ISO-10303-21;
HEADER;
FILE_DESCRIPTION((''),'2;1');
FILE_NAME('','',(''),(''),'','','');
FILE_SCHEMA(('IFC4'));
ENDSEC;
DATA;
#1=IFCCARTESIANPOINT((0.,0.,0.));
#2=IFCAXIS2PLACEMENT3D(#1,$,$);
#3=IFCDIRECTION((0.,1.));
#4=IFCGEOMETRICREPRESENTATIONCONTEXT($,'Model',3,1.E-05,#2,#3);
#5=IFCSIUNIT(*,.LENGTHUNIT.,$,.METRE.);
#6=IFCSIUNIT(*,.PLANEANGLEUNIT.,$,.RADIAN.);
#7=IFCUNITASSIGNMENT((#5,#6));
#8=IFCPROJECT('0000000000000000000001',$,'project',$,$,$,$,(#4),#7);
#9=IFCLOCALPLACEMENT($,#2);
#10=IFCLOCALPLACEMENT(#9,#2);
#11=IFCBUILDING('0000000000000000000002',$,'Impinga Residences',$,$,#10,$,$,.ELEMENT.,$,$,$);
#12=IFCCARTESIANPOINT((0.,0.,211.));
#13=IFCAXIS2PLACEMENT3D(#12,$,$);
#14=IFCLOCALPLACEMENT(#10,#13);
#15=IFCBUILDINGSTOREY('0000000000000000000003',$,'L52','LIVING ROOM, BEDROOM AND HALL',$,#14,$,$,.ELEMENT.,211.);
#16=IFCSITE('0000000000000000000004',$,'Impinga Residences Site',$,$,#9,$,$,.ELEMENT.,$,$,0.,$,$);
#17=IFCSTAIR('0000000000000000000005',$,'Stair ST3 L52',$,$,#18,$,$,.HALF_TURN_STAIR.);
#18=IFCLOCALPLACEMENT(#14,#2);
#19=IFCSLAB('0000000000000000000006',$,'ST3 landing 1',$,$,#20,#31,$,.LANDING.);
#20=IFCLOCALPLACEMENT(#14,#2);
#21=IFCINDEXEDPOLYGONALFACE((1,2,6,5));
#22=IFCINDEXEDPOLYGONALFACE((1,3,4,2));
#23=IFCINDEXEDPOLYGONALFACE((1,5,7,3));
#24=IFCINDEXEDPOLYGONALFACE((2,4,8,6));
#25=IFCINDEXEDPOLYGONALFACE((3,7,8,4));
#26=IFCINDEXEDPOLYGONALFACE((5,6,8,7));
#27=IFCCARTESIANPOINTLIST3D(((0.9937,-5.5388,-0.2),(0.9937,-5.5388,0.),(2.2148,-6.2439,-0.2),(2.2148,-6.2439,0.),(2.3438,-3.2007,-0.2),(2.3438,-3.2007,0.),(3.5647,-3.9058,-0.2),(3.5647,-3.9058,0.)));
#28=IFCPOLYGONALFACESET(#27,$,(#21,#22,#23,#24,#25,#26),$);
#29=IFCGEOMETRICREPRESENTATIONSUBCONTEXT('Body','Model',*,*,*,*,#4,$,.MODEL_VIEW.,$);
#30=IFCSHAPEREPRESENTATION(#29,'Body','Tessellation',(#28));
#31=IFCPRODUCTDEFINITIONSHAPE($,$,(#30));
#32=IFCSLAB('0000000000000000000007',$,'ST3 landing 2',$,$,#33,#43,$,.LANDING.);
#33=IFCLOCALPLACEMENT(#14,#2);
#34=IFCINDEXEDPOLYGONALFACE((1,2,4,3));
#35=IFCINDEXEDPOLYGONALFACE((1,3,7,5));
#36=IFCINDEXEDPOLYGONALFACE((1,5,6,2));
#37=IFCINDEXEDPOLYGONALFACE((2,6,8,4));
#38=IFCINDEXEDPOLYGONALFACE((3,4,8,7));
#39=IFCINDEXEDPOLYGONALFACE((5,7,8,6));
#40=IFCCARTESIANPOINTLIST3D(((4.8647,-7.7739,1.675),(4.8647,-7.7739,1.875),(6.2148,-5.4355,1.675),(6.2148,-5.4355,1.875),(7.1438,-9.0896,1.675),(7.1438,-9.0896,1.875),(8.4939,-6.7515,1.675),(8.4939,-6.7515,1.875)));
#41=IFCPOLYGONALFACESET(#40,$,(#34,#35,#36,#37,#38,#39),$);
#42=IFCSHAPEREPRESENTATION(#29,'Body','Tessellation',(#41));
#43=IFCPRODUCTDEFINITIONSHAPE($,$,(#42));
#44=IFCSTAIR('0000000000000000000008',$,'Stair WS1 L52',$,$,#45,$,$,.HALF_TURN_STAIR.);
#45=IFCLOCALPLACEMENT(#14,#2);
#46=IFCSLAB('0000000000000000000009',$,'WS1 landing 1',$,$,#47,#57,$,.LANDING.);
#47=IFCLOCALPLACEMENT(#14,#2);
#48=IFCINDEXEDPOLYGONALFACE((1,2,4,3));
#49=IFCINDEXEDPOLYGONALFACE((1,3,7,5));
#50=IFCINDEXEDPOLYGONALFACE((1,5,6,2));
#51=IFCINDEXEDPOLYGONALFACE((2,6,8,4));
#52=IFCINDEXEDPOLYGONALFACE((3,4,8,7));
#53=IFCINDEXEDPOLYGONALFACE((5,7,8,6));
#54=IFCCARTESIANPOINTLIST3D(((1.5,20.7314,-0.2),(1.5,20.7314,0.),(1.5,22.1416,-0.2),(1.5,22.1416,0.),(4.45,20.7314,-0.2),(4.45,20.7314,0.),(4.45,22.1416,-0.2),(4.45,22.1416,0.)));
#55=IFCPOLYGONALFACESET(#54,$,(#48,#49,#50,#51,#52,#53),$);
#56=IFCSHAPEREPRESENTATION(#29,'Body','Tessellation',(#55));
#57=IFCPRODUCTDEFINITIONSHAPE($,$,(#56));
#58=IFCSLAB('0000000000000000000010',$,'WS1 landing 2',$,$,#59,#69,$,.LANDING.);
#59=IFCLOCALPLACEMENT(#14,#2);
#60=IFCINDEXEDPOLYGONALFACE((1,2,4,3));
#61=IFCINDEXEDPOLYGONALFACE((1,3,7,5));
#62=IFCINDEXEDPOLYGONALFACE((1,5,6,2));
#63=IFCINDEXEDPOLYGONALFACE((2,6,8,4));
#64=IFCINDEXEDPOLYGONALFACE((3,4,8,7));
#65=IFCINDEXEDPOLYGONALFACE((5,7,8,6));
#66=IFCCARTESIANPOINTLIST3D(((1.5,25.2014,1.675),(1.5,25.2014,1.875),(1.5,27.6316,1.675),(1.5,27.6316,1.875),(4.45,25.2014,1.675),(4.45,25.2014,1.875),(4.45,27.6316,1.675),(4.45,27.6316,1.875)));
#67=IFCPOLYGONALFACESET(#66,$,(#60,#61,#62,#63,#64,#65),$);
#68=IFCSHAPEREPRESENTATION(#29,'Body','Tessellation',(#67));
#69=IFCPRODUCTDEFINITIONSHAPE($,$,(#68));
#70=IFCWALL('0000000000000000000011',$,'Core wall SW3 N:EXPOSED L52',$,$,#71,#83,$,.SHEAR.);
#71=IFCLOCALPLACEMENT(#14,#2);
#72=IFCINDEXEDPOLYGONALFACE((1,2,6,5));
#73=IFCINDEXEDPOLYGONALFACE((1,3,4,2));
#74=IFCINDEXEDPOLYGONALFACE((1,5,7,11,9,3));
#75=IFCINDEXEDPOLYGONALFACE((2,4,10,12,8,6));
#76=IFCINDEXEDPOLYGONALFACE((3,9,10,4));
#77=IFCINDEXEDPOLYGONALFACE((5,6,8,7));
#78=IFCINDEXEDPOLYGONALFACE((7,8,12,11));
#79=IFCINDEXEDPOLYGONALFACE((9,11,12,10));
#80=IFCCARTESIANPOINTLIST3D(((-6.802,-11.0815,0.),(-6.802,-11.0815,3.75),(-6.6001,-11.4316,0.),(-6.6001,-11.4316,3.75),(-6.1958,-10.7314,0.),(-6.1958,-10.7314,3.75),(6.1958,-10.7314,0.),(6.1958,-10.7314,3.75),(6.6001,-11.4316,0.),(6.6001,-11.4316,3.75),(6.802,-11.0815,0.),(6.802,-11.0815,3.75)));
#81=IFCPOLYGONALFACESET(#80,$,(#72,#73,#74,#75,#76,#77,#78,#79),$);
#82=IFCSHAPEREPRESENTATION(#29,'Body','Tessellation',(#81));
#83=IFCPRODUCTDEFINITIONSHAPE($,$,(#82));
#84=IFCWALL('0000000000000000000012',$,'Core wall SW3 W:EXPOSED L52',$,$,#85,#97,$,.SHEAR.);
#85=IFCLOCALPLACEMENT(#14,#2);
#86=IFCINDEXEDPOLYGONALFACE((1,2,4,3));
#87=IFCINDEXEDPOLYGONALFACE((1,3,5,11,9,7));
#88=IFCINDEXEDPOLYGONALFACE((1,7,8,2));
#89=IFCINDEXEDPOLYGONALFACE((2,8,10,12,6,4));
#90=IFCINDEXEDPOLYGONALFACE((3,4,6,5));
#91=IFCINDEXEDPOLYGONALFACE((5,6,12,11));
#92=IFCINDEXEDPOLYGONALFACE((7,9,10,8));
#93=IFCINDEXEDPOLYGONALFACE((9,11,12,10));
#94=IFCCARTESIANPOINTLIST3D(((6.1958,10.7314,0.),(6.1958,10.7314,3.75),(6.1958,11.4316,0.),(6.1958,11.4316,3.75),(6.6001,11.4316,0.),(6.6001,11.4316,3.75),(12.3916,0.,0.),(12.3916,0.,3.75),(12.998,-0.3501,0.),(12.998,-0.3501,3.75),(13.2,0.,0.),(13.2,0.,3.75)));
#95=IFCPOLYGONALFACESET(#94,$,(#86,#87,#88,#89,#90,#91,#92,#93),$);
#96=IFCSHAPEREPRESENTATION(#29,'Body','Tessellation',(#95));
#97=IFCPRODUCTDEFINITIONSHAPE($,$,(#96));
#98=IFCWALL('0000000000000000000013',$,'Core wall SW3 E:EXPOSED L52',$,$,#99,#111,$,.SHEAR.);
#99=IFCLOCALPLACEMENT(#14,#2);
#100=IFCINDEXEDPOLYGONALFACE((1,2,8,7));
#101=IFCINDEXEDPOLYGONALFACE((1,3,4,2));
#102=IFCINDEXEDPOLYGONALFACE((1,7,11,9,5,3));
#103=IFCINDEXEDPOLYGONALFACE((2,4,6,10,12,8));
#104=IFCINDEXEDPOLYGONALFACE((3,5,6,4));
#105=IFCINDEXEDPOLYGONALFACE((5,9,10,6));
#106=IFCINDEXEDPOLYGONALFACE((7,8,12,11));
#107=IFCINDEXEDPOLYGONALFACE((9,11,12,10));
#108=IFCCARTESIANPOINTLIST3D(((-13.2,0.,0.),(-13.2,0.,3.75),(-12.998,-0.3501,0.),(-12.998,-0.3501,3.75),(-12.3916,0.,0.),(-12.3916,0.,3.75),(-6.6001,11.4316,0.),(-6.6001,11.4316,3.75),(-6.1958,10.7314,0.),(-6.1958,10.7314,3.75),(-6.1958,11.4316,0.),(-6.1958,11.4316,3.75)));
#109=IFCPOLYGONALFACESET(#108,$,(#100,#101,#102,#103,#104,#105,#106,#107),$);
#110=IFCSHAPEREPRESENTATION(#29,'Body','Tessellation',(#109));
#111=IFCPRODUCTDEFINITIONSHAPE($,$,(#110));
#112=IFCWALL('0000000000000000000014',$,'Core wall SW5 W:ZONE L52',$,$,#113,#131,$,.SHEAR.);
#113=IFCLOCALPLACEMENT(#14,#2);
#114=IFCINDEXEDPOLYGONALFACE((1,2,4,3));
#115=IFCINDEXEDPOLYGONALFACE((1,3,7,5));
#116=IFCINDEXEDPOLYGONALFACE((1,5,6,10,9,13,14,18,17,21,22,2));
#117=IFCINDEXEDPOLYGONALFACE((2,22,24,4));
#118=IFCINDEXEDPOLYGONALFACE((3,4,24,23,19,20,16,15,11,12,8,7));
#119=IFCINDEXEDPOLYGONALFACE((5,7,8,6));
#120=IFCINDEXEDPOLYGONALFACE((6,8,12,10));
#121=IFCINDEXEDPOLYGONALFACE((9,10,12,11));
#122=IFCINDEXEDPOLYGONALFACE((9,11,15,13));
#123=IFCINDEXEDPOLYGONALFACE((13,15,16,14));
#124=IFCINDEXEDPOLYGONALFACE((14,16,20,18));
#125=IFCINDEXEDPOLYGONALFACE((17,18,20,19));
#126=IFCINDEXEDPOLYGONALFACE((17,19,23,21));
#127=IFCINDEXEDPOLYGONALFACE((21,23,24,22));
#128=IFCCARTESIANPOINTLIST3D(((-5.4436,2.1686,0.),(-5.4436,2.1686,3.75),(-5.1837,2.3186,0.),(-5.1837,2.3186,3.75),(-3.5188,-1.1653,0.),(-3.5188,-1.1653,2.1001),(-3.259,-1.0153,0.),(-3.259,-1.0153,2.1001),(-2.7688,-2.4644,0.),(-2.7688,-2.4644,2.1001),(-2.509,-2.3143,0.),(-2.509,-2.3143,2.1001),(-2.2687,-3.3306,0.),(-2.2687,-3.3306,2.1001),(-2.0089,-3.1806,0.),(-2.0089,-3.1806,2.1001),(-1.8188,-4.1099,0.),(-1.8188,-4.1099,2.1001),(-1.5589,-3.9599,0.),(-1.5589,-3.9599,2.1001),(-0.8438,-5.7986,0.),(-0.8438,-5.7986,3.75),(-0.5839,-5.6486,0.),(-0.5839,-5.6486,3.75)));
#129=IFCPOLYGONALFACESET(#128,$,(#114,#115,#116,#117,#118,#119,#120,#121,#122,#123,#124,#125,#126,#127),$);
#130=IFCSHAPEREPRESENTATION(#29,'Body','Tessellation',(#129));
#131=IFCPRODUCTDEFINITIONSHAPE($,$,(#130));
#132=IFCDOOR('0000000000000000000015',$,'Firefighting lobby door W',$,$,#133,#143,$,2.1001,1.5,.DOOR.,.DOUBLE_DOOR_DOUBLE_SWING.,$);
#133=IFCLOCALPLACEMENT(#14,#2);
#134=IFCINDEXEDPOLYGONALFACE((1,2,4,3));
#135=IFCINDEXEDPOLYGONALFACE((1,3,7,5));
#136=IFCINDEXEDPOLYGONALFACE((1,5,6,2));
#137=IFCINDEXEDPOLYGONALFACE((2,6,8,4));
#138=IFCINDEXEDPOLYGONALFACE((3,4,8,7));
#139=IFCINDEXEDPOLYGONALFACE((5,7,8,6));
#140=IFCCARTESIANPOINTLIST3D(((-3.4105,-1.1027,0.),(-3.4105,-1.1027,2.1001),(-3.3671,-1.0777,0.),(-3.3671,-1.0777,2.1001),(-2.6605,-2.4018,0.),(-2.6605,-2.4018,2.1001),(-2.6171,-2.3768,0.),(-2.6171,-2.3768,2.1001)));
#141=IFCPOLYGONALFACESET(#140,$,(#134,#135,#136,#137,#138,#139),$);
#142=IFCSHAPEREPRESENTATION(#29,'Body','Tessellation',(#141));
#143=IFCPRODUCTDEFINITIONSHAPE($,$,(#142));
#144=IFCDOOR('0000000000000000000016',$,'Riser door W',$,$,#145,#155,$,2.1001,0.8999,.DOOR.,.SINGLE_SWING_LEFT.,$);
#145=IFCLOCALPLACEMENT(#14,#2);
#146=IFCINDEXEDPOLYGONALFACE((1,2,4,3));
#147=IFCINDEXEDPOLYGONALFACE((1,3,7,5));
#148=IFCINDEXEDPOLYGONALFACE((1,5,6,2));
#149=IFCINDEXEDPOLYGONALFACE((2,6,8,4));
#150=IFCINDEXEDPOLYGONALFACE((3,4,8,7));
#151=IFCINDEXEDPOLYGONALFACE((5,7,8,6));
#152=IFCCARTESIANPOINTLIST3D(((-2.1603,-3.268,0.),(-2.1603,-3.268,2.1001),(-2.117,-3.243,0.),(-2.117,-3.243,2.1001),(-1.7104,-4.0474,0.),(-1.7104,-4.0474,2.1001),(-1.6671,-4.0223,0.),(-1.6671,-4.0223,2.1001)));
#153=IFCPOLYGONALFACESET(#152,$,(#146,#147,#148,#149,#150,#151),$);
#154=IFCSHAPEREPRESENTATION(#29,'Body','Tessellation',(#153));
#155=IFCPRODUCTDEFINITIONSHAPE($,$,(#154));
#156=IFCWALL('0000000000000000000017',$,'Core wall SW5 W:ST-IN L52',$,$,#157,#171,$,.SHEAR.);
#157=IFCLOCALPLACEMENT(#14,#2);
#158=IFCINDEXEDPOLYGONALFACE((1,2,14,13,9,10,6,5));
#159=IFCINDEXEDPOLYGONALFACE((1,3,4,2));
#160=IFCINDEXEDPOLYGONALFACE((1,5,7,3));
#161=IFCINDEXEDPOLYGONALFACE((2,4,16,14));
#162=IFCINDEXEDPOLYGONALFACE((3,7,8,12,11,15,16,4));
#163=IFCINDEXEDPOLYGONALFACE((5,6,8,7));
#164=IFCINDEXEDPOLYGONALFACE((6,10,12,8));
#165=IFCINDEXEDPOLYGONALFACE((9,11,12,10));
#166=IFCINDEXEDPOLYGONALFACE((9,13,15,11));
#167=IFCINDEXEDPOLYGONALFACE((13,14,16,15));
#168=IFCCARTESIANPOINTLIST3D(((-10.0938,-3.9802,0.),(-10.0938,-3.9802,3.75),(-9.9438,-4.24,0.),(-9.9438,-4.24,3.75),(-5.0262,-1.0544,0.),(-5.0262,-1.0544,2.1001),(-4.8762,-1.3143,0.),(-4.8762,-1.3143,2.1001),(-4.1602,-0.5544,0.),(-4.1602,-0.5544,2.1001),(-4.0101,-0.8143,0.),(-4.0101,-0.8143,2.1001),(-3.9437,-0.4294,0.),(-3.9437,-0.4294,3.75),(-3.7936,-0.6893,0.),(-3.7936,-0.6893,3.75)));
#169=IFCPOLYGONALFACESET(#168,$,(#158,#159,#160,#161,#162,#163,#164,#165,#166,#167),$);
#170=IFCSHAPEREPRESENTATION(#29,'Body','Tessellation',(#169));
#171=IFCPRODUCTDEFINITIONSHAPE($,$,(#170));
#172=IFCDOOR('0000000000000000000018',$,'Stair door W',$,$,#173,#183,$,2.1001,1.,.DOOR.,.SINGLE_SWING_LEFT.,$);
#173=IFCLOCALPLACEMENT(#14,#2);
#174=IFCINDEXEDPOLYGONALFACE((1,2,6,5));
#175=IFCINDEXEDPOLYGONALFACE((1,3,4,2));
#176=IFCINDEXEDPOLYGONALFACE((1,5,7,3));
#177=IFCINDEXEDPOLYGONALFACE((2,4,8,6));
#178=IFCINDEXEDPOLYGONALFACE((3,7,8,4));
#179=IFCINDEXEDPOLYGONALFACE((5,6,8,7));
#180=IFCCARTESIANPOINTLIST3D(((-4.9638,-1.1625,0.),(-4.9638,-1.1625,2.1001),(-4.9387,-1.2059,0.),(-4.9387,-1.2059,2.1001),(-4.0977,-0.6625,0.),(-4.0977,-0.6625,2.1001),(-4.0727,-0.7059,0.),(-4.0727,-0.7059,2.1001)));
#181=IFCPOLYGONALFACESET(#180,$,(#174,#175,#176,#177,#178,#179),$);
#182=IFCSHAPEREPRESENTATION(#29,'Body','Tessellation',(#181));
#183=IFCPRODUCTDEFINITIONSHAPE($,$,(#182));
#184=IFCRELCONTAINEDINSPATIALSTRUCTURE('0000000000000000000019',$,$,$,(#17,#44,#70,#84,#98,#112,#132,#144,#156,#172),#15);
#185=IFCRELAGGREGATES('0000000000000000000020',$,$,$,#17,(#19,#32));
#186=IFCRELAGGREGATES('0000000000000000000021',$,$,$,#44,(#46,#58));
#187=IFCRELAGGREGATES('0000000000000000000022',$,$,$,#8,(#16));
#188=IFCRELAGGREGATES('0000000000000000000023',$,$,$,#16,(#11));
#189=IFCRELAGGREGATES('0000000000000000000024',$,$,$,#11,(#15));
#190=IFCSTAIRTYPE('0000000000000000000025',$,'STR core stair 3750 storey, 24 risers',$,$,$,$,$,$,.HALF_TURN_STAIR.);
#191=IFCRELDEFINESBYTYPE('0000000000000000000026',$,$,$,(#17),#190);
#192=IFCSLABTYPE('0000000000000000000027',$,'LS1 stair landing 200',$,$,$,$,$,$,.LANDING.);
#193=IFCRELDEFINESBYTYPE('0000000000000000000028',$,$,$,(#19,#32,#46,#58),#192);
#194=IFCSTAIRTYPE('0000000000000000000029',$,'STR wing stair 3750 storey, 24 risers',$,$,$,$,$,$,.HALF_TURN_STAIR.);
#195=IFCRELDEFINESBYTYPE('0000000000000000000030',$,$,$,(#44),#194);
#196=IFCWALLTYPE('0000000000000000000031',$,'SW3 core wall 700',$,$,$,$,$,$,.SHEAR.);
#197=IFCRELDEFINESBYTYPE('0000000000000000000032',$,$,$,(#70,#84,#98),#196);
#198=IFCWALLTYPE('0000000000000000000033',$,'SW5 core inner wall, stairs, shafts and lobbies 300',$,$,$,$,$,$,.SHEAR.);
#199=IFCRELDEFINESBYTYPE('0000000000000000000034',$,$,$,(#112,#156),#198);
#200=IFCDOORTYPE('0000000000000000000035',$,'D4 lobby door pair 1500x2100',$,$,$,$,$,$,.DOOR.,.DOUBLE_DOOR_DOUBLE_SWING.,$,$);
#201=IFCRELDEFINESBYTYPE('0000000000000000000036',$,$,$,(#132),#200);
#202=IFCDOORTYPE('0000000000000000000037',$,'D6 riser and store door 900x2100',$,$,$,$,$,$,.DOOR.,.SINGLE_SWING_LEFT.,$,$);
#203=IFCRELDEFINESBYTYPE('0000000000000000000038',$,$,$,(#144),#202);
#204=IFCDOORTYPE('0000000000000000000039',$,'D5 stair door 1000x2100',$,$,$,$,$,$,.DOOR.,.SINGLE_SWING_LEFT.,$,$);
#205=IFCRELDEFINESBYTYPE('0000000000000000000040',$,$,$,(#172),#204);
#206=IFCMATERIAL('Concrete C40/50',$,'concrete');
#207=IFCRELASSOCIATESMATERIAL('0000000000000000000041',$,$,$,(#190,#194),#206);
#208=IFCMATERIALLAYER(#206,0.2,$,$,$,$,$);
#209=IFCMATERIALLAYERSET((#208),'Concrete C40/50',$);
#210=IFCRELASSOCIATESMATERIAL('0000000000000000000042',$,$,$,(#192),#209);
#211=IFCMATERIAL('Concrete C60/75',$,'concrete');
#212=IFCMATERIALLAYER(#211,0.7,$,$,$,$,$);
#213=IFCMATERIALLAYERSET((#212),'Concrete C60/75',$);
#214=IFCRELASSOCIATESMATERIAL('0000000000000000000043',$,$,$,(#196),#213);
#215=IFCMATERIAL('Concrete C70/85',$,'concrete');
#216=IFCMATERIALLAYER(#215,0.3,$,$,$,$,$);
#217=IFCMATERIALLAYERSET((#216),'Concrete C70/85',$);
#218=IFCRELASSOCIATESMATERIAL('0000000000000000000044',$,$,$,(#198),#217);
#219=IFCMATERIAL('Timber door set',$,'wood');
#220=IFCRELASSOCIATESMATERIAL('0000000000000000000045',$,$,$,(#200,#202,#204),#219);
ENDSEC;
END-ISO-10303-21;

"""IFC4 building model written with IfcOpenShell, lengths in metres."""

from ifc_helpers import new_model, si_unit, direction, frame, frame_2d, origin, place, context, subcontext, project, spatial, polyline, rectangle, outline, extrude, material, layer, layer_set, type_object, element, fill, aggregate, save


model = new_model("IFC4")

# Units and contexts
model_context = context("Model", 3, precision=1e-05, world=origin(), true_north=direction((0.0, 1.0)))
body_context = subcontext(model_context, "Body", "Model", "MODEL_VIEW")
ifc_project = project(units=[si_unit("LENGTHUNIT", "METRE"), si_unit("PLANEANGLEUNIT", "RADIAN")], contexts=[model_context])

# Site, building, storey
site_placement = place(None, origin())
site = spatial("IfcSite", under=ifc_project, at=site_placement, Name="Impinga Residences Site", CompositionType="ELEMENT", RefElevation=0.0)
building_placement = place(site_placement, origin())
building = spatial("IfcBuilding", under=site, at=building_placement, Name="Impinga Residences", CompositionType="ELEMENT")
storey_placement = place(building_placement, frame((0.0, 0.0, 211.0)))
storey = spatial("IfcBuildingStorey", under=building, at=storey_placement, Name="L52", Description="LIVING ROOM, BEDROOM AND HALL", CompositionType="ELEMENT", Elevation=211.0)

# Shared definitions
ifc_material_1 = material(Name="Concrete C60/75", Category="concrete")

# Stairs, slabs
ifc_material_2 = material(Name="Concrete C40/50", Category="concrete")
stair_type_1 = type_object("IfcStairType", Name="STR core stair 3750 storey, 24 risers", PredefinedType="HALF_TURN_STAIR", material=ifc_material_2)
ifc_layer_1 = layer(ifc_material_2, 0.2)
ifc_layer_set_1 = layer_set([ifc_layer_1], Name="Concrete C40/50")
slab_type_1 = type_object("IfcSlabType", Name="LS1 stair landing 200", PredefinedType="LANDING", material=ifc_layer_set_1)
stair_1_placement = place(storey_placement, origin())
stair_1 = element("IfcStair", 1, at=stair_1_placement, inside=storey, type_object=stair_type_1, Name="Stair ST3 L52", PredefinedType="HALF_TURN_STAIR")
slab_1_placement = place(storey_placement, frame((0.0, 0.0, -0.2)))
slab_1 = element("IfcSlab", 2, at=slab_1_placement, type_object=slab_type_1, Name="ST3 landing 1", PredefinedType="LANDING", context=body_context, shape_type="SweptSolid", body=[
    extrude(outline(polyline([(2.3438, -3.2007), (0.9937, -5.5388), (2.2148, -6.2439), (3.5647, -3.9058), (2.3438, -3.2007)])), origin(), (0.0, 0.0, 1.0), 0.2),
])
slab_2_placement = place(storey_placement, frame((0.0, 0.0, 1.675)))
slab_2 = element("IfcSlab", 3, at=slab_2_placement, type_object=slab_type_1, Name="ST3 landing 2", PredefinedType="LANDING", context=body_context, shape_type="SweptSolid", body=[
    extrude(outline(polyline([(6.2148, -5.4355), (4.8647, -7.7739), (7.1438, -9.0896), (8.4939, -6.7515), (6.2148, -5.4355)])), origin(), (0.0, 0.0, 1.0), 0.2),
])
aggregate(stair_1, [slab_1, slab_2])
stair_type_2 = type_object("IfcStairType", Name="STR wing stair 3750 storey, 24 risers", PredefinedType="HALF_TURN_STAIR", material=ifc_material_2)
stair_2_placement = place(storey_placement, origin())
stair_2 = element("IfcStair", 4, at=stair_2_placement, inside=storey, type_object=stair_type_2, Name="Stair WS1 L52", PredefinedType="HALF_TURN_STAIR")
slab_3_placement = place(storey_placement, frame((0.0, 0.0, -0.2)))
slab_3 = element("IfcSlab", 5, at=slab_3_placement, type_object=slab_type_1, Name="WS1 landing 1", PredefinedType="LANDING", context=body_context, shape_type="SweptSolid", body=[
    extrude(outline(polyline([(1.5, 20.7314), (4.45, 20.7314), (4.45, 22.1416), (1.5, 22.1416), (1.5, 20.7314)])), origin(), (0.0, 0.0, 1.0), 0.2),
])
slab_4_placement = place(storey_placement, frame((0.0, 0.0, 1.675)))
slab_4 = element("IfcSlab", 6, at=slab_4_placement, type_object=slab_type_1, Name="WS1 landing 2", PredefinedType="LANDING", context=body_context, shape_type="SweptSolid", body=[
    extrude(outline(polyline([(1.5, 25.2014), (4.45, 25.2014), (4.45, 27.6316), (1.5, 27.6316), (1.5, 25.2014)])), origin(), (0.0, 0.0, 1.0), 0.2),
])
aggregate(stair_2, [slab_3, slab_4])

# Walls
ifc_layer_2 = layer(ifc_material_1, 0.7)
ifc_layer_set_2 = layer_set([ifc_layer_2], Name="Concrete C60/75")
wall_type_1 = type_object("IfcWallType", Name="SW3 core wall 700", PredefinedType="SHEAR", material=ifc_layer_set_2)
wall_1_placement = place(storey_placement, origin())
element("IfcWall", 7, at=wall_1_placement, inside=storey, type_object=wall_type_1, Name="Core wall SW3 N:EXPOSED L52", PredefinedType="SHEAR", context=body_context, shape_type="SweptSolid", body=[
    extrude(outline(polyline([(-6.6001, -11.4316), (6.6001, -11.4316), (6.802, -11.0815), (6.1958, -10.7314), (-6.1958, -10.7314), (-6.802, -11.0815), (-6.6001, -11.4316)])), origin(), (0.0, 0.0, 1.0), 3.75),
])
wall_2_placement = place(storey_placement, origin())
element("IfcWall", 8, at=wall_2_placement, inside=storey, type_object=wall_type_1, Name="Core wall SW3 W:EXPOSED L52", PredefinedType="SHEAR", context=body_context, shape_type="SweptSolid", body=[
    extrude(outline(polyline([(13.2, 0.0), (6.6001, 11.4316), (6.1958, 11.4316), (6.1958, 10.7314), (12.3916, 0.0), (12.998, -0.3501), (13.2, 0.0)])), origin(), (0.0, 0.0, 1.0), 3.75),
])
wall_3_placement = place(storey_placement, origin())
element("IfcWall", 9, at=wall_3_placement, inside=storey, type_object=wall_type_1, Name="Core wall SW3 E:EXPOSED L52", PredefinedType="SHEAR", context=body_context, shape_type="SweptSolid", body=[
    extrude(outline(polyline([(-6.6001, 11.4316), (-13.2, 0.0), (-12.998, -0.3501), (-12.3916, 0.0), (-6.1958, 10.7314), (-6.1958, 11.4316), (-6.6001, 11.4316)])), origin(), (0.0, 0.0, 1.0), 3.75),
])

# Wall, openings, doors
ifc_material_3 = material(Name="Concrete C70/85", Category="concrete")
ifc_layer_3 = layer(ifc_material_3, 0.3)
ifc_layer_set_3 = layer_set([ifc_layer_3], Name="Concrete C70/85")
wall_type_2 = type_object("IfcWallType", Name="SW5 core inner wall, stairs, shafts and lobbies 300", PredefinedType="SHEAR", material=ifc_layer_set_3)
wall_4_placement = place(storey_placement, frame((-0.7139, -5.7236, 0.0), z_axis=(0.0, 0.0, 1.0), x_axis=(-0.499995, 0.866028, 0.0)))
wall_4 = element("IfcWall", 10, at=wall_4_placement, inside=storey, type_object=wall_type_2, Name="Core wall SW5 W:ZONE L52", PredefinedType="SHEAR", context=body_context, shape_type="SweptSolid", body=[
    extrude(rectangle(XDim=9.1997, YDim=0.3, at=frame_2d((4.5999, 0.0))), origin(), (0.0, 0.0, 1.0), 3.75),
])
opening_1_placement = place(wall_4_placement, frame((3.8501, 0.0, 0.0)))
opening_1 = element("IfcOpeningElement", 11, at=opening_1_placement, cuts=wall_4, PredefinedType="OPENING", context=body_context, shape_type="SweptSolid", body=[
    extrude(rectangle(XDim=1.5, YDim=2.1001, at=frame_2d((0.75, 1.05))), frame((0.0, 0.1599, 0.0), z_axis=(0.0, -1.0, 0.0), x_axis=(1.0, 0.0, 0.0)), (0.0, 0.0, 1.0), 0.3201),
])
opening_2_placement = place(wall_4_placement, frame((1.95, 0.0, 0.0)))
opening_2 = element("IfcOpeningElement", 12, at=opening_2_placement, cuts=wall_4, PredefinedType="OPENING", context=body_context, shape_type="SweptSolid", body=[
    extrude(rectangle(XDim=0.8999, YDim=2.1001, at=frame_2d((0.45, 1.05))), frame((0.0, 0.1599, 0.0), z_axis=(0.0, -1.0, 0.0), x_axis=(1.0, 0.0, 0.0)), (0.0, 0.0, 1.0), 0.3201),
])
ifc_material_4 = material(Name="Timber door set", Category="wood")
door_type_1 = type_object("IfcDoorType", Name="D4 lobby door pair 1500x2100", OperationType="DOUBLE_DOOR_DOUBLE_SWING", PredefinedType="DOOR", material=ifc_material_4)
door_1_placement = place(opening_1_placement, origin())
door_1 = element("IfcDoor", 13, at=door_1_placement, inside=storey, type_object=door_type_1, Name="Firefighting lobby door W", OperationType="DOUBLE_DOOR_DOUBLE_SWING", OverallHeight=2.1001, OverallWidth=1.5, PredefinedType="DOOR", context=body_context, shape_type="SweptSolid", body=[
    extrude(rectangle(XDim=1.5, YDim=2.1001, at=frame_2d((0.75, 1.05))), frame((0.0, 0.0249, 0.0), z_axis=(0.0, -1.0, 0.0), x_axis=(1.0, 0.0, 0.0)), (0.0, 0.0, 1.0), 0.05),
])
fill(opening_1, door_1)
door_type_2 = type_object("IfcDoorType", Name="D6 riser and store door 900x2100", OperationType="SINGLE_SWING_LEFT", PredefinedType="DOOR", material=ifc_material_4)
door_2_placement = place(opening_2_placement, origin())
door_2 = element("IfcDoor", 14, at=door_2_placement, inside=storey, type_object=door_type_2, Name="Riser door W", OperationType="SINGLE_SWING_LEFT", OverallHeight=2.1001, OverallWidth=0.8999, PredefinedType="DOOR", context=body_context, shape_type="SweptSolid", body=[
    extrude(rectangle(XDim=0.8999, YDim=2.1001, at=frame_2d((0.45, 1.05))), frame((0.0, 0.0249, 0.0), z_axis=(0.0, -1.0, 0.0), x_axis=(1.0, 0.0, 0.0)), (0.0, 0.0, 1.0), 0.05),
])
fill(opening_2, door_2)

# Wall, opening, door
wall_5_placement = place(storey_placement, frame((-3.8687, -0.5593, 0.0), z_axis=(0.0, 0.0, 1.0), x_axis=(-0.866026, -0.499999, 0.0)))
wall_5 = element("IfcWall", 15, at=wall_5_placement, inside=storey, type_object=wall_type_2, Name="Core wall SW5 W:ST-IN L52", PredefinedType="SHEAR", context=body_context, shape_type="SweptSolid", body=[
    extrude(rectangle(XDim=7.1016, YDim=0.3, at=frame_2d((3.5508, 0.0))), origin(), (0.0, 0.0, 1.0), 3.75),
])
opening_3_placement = place(wall_5_placement, frame((0.25, 0.0, 0.0)))
opening_3 = element("IfcOpeningElement", 16, at=opening_3_placement, cuts=wall_5, PredefinedType="OPENING", context=body_context, shape_type="SweptSolid", body=[
    extrude(rectangle(XDim=1.0, YDim=2.1001, at=frame_2d((0.5, 1.05))), frame((0.0, 0.1599, 0.0), z_axis=(0.0, -1.0, 0.0), x_axis=(1.0, 0.0, 0.0)), (0.0, 0.0, 1.0), 0.3201),
])
door_type_3 = type_object("IfcDoorType", Name="D5 stair door 1000x2100", OperationType="SINGLE_SWING_LEFT", PredefinedType="DOOR", material=ifc_material_4)
door_3_placement = place(opening_3_placement, origin())
door_3 = element("IfcDoor", 17, at=door_3_placement, inside=storey, type_object=door_type_3, Name="Stair door W", OperationType="SINGLE_SWING_LEFT", OverallHeight=2.1001, OverallWidth=1.0, PredefinedType="DOOR", context=body_context, shape_type="SweptSolid", body=[
    extrude(rectangle(XDim=1.0, YDim=2.1001, at=frame_2d((0.5, 1.05))), frame((0.0, 0.0249, 0.0), z_axis=(0.0, -1.0, 0.0), x_axis=(1.0, 0.0, 0.0)), (0.0, 0.0, 1.0), 0.05),
])
fill(opening_3, door_3)

save(model, "model.ifc")
